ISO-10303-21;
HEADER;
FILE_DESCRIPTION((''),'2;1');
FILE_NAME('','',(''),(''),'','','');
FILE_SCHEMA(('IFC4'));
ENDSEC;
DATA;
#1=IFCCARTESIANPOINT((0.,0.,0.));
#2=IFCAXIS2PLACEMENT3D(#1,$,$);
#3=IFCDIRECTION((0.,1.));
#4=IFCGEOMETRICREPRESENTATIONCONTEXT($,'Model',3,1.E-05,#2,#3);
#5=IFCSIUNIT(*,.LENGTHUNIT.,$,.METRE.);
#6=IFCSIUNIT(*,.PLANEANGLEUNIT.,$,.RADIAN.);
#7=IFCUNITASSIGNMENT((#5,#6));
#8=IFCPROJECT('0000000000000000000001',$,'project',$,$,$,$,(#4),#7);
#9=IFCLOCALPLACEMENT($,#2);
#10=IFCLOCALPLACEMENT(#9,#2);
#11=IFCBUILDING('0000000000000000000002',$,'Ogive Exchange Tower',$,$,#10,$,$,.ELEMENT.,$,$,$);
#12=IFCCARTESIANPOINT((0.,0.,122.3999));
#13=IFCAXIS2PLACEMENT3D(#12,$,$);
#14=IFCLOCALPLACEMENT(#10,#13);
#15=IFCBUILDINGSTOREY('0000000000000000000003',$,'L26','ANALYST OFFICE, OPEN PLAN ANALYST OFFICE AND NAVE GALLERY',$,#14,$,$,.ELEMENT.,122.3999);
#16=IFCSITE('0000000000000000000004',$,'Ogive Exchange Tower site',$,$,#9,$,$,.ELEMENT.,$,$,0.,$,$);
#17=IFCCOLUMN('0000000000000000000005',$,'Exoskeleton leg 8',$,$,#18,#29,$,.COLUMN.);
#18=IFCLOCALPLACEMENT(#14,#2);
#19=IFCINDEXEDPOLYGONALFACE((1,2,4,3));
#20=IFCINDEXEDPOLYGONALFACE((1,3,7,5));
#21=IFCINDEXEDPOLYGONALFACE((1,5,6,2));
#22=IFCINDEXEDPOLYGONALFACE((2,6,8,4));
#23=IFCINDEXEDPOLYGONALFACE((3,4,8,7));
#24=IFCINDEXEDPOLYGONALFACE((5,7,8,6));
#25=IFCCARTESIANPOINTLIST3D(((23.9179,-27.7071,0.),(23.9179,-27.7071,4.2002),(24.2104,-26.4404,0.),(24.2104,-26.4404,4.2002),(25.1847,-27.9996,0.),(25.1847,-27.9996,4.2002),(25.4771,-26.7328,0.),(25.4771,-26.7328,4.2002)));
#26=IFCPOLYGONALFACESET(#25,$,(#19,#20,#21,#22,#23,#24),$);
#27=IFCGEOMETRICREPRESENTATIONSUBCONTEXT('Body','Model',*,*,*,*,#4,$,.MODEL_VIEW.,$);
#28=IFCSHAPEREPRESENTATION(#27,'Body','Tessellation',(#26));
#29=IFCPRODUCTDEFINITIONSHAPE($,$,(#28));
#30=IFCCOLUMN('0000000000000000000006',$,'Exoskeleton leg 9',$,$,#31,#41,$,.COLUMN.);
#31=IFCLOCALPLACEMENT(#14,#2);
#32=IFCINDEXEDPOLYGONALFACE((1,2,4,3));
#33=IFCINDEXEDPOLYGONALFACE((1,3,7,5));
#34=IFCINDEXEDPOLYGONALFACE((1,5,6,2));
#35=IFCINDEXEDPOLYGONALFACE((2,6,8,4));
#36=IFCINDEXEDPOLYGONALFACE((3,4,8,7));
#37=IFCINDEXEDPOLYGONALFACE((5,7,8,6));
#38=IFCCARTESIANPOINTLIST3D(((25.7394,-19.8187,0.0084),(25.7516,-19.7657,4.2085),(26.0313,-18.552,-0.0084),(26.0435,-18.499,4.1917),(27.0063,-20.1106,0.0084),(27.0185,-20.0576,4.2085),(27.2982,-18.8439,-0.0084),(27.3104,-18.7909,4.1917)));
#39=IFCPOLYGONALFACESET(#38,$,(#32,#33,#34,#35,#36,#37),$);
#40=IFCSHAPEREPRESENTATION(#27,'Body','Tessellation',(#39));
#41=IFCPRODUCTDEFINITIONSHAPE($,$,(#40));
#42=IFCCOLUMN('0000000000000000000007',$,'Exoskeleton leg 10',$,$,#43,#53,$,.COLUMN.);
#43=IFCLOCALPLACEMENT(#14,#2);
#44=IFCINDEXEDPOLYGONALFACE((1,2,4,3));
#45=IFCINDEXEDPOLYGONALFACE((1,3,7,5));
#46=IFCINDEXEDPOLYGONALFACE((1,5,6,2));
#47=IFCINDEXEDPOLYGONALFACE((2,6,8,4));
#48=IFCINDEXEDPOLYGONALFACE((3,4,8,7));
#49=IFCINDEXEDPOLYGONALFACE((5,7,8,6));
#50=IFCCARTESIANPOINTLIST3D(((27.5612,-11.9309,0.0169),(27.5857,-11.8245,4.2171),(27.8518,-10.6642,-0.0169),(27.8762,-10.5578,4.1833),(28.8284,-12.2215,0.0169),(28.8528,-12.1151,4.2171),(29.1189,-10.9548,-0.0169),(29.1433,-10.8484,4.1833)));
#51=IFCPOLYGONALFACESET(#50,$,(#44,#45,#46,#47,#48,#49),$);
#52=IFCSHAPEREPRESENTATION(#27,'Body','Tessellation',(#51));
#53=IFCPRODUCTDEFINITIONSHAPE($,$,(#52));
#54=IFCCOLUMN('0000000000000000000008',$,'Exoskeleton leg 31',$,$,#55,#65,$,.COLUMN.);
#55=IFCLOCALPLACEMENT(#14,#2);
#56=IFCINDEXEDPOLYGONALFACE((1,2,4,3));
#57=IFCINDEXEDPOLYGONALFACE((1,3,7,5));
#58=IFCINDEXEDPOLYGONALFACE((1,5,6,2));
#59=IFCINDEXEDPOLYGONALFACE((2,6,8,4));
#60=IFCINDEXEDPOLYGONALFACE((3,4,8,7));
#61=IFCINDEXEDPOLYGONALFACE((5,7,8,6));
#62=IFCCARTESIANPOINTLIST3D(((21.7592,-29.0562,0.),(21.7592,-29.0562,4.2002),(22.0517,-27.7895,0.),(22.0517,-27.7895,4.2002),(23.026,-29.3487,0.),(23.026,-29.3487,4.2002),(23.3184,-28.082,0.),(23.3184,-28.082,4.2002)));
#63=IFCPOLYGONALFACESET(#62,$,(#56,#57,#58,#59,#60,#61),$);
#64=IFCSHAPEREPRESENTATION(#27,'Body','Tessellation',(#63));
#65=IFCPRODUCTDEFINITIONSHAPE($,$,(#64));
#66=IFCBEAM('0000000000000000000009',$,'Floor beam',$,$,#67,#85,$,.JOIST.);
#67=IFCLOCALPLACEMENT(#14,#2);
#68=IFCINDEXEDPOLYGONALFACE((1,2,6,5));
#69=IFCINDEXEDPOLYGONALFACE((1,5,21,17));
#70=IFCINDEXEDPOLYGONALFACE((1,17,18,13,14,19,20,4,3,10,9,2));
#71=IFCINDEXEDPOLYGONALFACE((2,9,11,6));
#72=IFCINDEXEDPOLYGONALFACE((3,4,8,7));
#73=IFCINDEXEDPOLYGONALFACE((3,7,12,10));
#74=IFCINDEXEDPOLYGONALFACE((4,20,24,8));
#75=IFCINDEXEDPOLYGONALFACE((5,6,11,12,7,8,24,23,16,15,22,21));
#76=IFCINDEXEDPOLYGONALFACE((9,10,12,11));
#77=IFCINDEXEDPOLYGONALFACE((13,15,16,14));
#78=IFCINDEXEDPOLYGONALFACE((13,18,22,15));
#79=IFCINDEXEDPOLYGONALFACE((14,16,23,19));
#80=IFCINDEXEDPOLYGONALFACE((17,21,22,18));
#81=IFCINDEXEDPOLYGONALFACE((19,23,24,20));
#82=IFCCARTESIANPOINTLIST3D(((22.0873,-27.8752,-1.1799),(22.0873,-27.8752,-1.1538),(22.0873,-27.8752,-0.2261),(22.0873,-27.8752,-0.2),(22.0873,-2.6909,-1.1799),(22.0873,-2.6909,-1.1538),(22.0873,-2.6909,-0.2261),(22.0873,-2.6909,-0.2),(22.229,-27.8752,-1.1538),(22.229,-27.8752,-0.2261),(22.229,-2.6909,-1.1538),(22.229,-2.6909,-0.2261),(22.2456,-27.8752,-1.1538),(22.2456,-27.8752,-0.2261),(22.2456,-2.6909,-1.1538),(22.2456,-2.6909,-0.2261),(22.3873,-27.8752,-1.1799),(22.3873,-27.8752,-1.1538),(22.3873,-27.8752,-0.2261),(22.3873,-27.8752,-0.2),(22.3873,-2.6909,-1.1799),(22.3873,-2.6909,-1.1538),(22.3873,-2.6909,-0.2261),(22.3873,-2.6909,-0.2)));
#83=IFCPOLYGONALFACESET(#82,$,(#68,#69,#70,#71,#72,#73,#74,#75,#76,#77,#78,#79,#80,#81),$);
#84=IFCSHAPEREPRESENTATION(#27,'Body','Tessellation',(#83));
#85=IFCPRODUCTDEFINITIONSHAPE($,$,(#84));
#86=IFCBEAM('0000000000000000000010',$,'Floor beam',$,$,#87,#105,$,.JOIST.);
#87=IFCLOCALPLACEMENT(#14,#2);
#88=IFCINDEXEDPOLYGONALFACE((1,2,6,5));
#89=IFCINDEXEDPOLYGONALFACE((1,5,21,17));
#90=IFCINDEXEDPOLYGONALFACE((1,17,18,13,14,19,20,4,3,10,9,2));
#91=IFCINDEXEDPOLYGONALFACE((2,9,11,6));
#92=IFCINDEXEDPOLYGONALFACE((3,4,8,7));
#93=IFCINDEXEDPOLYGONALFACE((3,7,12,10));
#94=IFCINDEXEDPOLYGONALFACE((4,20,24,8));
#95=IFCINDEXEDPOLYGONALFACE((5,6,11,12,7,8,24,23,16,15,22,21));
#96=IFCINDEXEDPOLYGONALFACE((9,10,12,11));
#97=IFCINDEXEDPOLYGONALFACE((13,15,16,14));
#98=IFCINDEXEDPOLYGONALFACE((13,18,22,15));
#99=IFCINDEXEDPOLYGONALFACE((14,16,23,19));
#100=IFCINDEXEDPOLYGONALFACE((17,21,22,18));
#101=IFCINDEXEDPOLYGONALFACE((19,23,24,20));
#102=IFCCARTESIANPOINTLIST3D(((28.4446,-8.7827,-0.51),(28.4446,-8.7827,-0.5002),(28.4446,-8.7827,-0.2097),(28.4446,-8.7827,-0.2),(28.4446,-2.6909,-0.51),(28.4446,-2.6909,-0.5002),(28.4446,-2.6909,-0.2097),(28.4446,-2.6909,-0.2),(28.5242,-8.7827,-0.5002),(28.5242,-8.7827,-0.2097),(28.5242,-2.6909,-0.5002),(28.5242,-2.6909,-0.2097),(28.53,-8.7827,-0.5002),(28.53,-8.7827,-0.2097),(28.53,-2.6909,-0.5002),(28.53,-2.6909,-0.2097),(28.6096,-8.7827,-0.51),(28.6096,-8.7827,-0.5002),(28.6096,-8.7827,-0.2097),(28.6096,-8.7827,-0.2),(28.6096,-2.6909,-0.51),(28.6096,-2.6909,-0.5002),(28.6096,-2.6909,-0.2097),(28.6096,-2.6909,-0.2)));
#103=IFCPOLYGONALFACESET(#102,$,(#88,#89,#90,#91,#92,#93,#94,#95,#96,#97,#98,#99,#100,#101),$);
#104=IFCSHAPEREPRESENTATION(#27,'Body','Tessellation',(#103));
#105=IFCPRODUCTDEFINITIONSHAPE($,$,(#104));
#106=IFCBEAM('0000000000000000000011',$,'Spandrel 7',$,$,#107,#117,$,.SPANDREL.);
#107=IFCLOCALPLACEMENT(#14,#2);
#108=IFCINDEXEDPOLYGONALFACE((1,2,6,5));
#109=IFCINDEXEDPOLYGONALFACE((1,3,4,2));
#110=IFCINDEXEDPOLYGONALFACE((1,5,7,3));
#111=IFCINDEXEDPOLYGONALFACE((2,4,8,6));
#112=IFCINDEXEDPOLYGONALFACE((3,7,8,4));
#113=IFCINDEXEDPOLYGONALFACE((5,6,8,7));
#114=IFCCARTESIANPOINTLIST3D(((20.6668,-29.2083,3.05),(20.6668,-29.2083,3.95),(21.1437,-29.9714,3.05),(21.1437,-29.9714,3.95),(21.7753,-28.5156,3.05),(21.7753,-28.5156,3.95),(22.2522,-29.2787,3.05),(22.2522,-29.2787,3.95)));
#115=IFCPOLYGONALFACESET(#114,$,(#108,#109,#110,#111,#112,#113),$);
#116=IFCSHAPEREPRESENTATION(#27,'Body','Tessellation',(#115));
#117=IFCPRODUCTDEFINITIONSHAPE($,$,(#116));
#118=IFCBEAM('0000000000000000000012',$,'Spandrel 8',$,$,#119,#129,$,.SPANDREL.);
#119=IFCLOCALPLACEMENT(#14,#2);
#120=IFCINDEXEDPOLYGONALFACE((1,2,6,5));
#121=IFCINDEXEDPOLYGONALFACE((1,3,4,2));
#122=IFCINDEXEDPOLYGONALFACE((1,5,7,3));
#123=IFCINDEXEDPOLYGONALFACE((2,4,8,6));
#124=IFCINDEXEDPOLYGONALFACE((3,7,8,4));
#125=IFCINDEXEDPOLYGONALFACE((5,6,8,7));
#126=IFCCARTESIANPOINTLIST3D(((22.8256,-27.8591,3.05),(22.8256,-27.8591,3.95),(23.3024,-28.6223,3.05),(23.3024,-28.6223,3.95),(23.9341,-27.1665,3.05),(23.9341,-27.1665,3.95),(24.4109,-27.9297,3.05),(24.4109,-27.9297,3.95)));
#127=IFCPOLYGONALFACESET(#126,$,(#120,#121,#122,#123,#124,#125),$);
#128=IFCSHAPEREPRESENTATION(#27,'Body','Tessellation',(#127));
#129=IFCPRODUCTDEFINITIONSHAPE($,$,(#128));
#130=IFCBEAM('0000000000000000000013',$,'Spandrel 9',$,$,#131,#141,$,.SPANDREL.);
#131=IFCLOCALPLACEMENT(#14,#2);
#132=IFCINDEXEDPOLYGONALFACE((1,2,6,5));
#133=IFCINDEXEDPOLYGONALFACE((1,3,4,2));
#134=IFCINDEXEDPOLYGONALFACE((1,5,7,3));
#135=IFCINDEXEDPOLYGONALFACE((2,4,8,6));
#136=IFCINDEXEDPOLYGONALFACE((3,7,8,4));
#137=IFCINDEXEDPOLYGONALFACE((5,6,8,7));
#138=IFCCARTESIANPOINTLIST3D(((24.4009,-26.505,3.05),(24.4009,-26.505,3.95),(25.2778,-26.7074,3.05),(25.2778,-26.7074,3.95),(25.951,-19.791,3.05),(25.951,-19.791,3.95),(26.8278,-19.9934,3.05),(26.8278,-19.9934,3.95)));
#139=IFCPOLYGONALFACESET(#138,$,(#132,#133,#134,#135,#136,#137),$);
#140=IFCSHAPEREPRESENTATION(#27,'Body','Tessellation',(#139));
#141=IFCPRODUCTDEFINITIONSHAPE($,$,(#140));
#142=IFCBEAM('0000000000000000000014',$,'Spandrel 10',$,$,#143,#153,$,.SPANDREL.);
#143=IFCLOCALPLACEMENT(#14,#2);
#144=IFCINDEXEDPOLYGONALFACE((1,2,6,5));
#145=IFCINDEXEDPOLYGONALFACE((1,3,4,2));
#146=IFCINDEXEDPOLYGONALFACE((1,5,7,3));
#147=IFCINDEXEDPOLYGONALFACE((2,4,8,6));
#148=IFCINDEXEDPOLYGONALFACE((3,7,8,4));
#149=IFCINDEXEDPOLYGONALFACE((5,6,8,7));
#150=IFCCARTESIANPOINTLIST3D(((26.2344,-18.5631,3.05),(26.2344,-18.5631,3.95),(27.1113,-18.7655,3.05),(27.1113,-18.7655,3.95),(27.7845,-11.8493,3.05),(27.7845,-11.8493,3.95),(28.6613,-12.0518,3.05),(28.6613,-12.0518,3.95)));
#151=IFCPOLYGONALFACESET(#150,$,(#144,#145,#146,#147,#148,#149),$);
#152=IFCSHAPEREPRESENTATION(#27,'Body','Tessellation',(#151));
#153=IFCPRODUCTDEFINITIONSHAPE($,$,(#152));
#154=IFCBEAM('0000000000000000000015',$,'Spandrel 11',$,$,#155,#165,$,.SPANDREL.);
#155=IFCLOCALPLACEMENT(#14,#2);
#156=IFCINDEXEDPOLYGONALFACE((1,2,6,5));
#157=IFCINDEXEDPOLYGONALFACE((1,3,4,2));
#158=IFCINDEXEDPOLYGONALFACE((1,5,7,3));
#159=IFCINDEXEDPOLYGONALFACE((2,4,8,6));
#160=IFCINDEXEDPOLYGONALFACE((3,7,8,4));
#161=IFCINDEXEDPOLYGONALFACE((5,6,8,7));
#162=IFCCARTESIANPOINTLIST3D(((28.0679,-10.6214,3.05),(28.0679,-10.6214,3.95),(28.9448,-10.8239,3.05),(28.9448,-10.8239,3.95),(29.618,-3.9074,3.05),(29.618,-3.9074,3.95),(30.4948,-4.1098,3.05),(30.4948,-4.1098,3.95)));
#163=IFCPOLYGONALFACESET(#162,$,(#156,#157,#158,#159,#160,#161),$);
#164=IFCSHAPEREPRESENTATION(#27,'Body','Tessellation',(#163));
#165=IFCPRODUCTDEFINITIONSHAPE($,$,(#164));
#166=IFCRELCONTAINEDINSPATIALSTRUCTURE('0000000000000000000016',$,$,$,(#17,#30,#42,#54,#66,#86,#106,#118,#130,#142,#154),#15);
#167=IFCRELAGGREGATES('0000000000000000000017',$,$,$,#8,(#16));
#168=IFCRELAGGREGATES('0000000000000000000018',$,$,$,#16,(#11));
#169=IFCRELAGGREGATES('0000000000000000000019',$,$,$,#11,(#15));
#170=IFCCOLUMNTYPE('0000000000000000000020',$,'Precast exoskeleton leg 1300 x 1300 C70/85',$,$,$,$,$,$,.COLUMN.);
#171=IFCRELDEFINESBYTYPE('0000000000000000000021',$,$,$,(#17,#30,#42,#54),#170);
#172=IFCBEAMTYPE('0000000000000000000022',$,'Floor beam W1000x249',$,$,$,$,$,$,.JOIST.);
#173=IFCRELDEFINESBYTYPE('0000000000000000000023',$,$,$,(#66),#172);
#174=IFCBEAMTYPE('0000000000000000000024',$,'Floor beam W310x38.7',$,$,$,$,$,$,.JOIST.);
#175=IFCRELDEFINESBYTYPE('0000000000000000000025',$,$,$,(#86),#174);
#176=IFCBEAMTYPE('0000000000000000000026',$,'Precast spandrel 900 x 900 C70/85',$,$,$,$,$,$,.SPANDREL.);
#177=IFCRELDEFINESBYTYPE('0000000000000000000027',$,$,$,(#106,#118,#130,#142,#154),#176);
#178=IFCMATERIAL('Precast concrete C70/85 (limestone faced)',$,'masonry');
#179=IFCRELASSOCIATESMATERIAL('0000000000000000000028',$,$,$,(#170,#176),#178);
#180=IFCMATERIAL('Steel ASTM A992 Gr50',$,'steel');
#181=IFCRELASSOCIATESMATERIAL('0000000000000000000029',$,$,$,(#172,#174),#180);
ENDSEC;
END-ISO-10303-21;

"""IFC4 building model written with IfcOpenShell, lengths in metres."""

from ifc_helpers import new_model, si_unit, direction, frame, origin, origin_2d, place, context, subcontext, project, spatial, rectangle, i_section, extrude, material, material_profile, profile_set, type_object, element, save


model = new_model("IFC4")

# Units and contexts
model_context = context("Model", 3, precision=1e-05, world=origin(), true_north=direction((0.0, 1.0)))
body_context = subcontext(model_context, "Body", "Model", "MODEL_VIEW")
ifc_project = project(units=[si_unit("LENGTHUNIT", "METRE"), si_unit("PLANEANGLEUNIT", "RADIAN")], contexts=[model_context])

# Site, building, storey
site_placement = place(None, origin())
site = spatial("IfcSite", under=ifc_project, at=site_placement, Name="Ogive Exchange Tower site", CompositionType="ELEMENT", RefElevation=0.0)
building_placement = place(site_placement, origin())
building = spatial("IfcBuilding", under=site, at=building_placement, Name="Ogive Exchange Tower", CompositionType="ELEMENT")
storey_placement = place(building_placement, frame((0.0, 0.0, 122.3999)))
storey = spatial("IfcBuildingStorey", under=building, at=storey_placement, Name="L26", Description="ANALYST OFFICE, OPEN PLAN ANALYST OFFICE AND NAVE GALLERY", CompositionType="ELEMENT", Elevation=122.3999)

# Columns
ifc_material_1 = material(Name="Precast concrete C70/85 (limestone faced)", Category="masonry")
ifc_material_profile_1 = material_profile(ifc_material_1, rectangle(XDim=1.3, YDim=1.3, at=origin_2d()), Name="1300 x 1300")
ifc_profile_set_1 = profile_set([ifc_material_profile_1], Name="Precast concrete C70/85 (limestone faced)")
column_type = type_object("IfcColumnType", Name="Precast exoskeleton leg 1300 x 1300 C70/85", PredefinedType="COLUMN", material=ifc_profile_set_1)
column_1_placement = place(storey_placement, frame((24.6975, -27.22, 0.0), z_axis=(0.0, 0.0, 1.0), x_axis=(0.97437, -0.224951, 0.0)))
element("IfcColumn", 1, at=column_1_placement, inside=storey, type_object=column_type, Name="Exoskeleton leg 8", PredefinedType="COLUMN", context=body_context, shape_type="SweptSolid", body=[
    extrude(rectangle(XDim=1.3, YDim=1.3, at=origin_2d()), origin(), (0.0, 0.0, 1.0), 4.2002),
])
column_2_placement = place(storey_placement, frame((26.5188, -19.3313, 0.0), z_axis=(0.002906, 0.012612, 0.999916), x_axis=(-0.974467, 0.224532, 0.0)))
element("IfcColumn", 2, at=column_2_placement, inside=storey, type_object=column_type, Name="Exoskeleton leg 9", PredefinedType="COLUMN", context=body_context, shape_type="SweptSolid", body=[
    extrude(rectangle(XDim=1.3, YDim=1.3, at=origin_2d()), origin(), (0.0, 0.0, 1.0), 4.2004),
])
column_3_placement = place(storey_placement, frame((28.3401, -11.4429, 0.0), z_axis=(0.005811, 0.025334, 0.999662), x_axis=(-0.974692, 0.223553, 0.0)))
element("IfcColumn", 3, at=column_3_placement, inside=storey, type_object=column_type, Name="Exoskeleton leg 10", PredefinedType="COLUMN", context=body_context, shape_type="SweptSolid", body=[
    extrude(rectangle(XDim=1.3, YDim=1.3, at=origin_2d()), origin(), (0.0, 0.0, 1.0), 4.2017),
])
column_4_placement = place(storey_placement, frame((22.5388, -28.5691, 0.0), z_axis=(0.0, 0.0, 1.0), x_axis=(0.97437, -0.224951, 0.0)))
element("IfcColumn", 4, at=column_4_placement, inside=storey, type_object=column_type, Name="Exoskeleton leg 31", PredefinedType="COLUMN", context=body_context, shape_type="SweptSolid", body=[
    extrude(rectangle(XDim=1.3, YDim=1.3, at=origin_2d()), origin(), (0.0, 0.0, 1.0), 4.2002),
])

# Beams
ifc_material_2 = material(Name="Steel ASTM A992 Gr50", Category="steel")
ifc_material_profile_2 = material_profile(ifc_material_2, i_section(OverallWidth=0.3, OverallDepth=0.98, WebThickness=0.0166, FlangeThickness=0.0261, at=origin_2d()), Name="W1000x249")
ifc_profile_set_2 = profile_set([ifc_material_profile_2], Name="Steel ASTM A992 Gr50")
beam_type_1 = type_object("IfcBeamType", Name="Floor beam W1000x249", PredefinedType="JOIST", material=ifc_profile_set_2)
beam_1_placement = place(storey_placement, frame((22.2373, -27.8752, -0.6899), z_axis=(0.0, 1.0, 0.0), x_axis=(-1.0, 0.0, 0.0)))
element("IfcBeam", 5, at=beam_1_placement, inside=storey, type_object=beam_type_1, Name="Floor beam", PredefinedType="JOIST", context=body_context, shape_type="SweptSolid", body=[
    extrude(i_section(OverallWidth=0.3, OverallDepth=0.98, WebThickness=0.0166, FlangeThickness=0.0261, at=origin_2d()), origin(), (0.0, 0.0, 1.0), 25.1843),
])
ifc_material_profile_3 = material_profile(ifc_material_2, i_section(OverallWidth=0.165, OverallDepth=0.3101, WebThickness=0.0059, FlangeThickness=0.0098, at=origin_2d()), Name="W310x38.7")
ifc_profile_set_3 = profile_set([ifc_material_profile_3], Name="Steel ASTM A992 Gr50")
beam_type_2 = type_object("IfcBeamType", Name="Floor beam W310x38.7", PredefinedType="JOIST", material=ifc_profile_set_3)
beam_2_placement = place(storey_placement, frame((28.5271, -8.7827, -0.355), z_axis=(0.0, 1.0, 0.0), x_axis=(-1.0, 0.0, 0.0)))
element("IfcBeam", 6, at=beam_2_placement, inside=storey, type_object=beam_type_2, Name="Floor beam", PredefinedType="JOIST", context=body_context, shape_type="SweptSolid", body=[
    extrude(i_section(OverallWidth=0.165, OverallDepth=0.3101, WebThickness=0.0059, FlangeThickness=0.0098, at=origin_2d()), origin(), (0.0, 0.0, 1.0), 6.0918),
])
ifc_material_profile_4 = material_profile(ifc_material_1, rectangle(XDim=0.8999, YDim=0.8999, at=origin_2d()), Name="900 x 900")
ifc_profile_set_4 = profile_set([ifc_material_profile_4], Name="Precast concrete C70/85 (limestone faced)")
beam_type_3 = type_object("IfcBeamType", Name="Precast spandrel 900 x 900 C70/85", PredefinedType="SPANDREL", material=ifc_profile_set_4)
for number, where, z_axis, x_axis, name in (
    (7, (20.9053, -29.5898, 3.5), (0.84804, 0.529932, 0.0), (-0.529932, 0.84804, 0.0), "Spandrel 7"),
    (8, (23.064, -28.2407, 3.5), (0.848093, 0.529848, 0.0), (-0.529848, 0.848093, 0.0), "Spandrel 8"),
):
    element("IfcBeam", number, at=place(storey_placement, frame(where, z_axis=z_axis, x_axis=x_axis)), inside=storey, type_object=beam_type_3, Name=name, PredefinedType="SPANDREL", context=body_context, shape_type="SweptSolid", body=[
        extrude(rectangle(XDim=0.8999, YDim=0.8999, at=origin_2d()), origin(), (0.0, 0.0, 1.0), 1.3071),
    ])
beam_3_placement = place(storey_placement, frame((24.8394, -26.6062, 3.5), z_axis=(0.224947, 0.974371, 0.0), x_axis=(-0.974371, 0.224947, 0.0)))
element("IfcBeam", 9, at=beam_3_placement, inside=storey, type_object=beam_type_3, Name="Spandrel 9", PredefinedType="SPANDREL", context=body_context, shape_type="SweptSolid", body=[
    extrude(rectangle(XDim=0.8999, YDim=0.8999, at=origin_2d()), origin(), (0.0, 0.0, 1.0), 6.8906),
])
beam_4_placement = place(storey_placement, frame((26.6729, -18.6643, 3.5), z_axis=(0.224955, 0.974369, 0.0), x_axis=(-0.974369, 0.224955, 0.0)))
element("IfcBeam", 10, at=beam_4_placement, inside=storey, type_object=beam_type_3, Name="Spandrel 10", PredefinedType="SPANDREL", context=body_context, shape_type="SweptSolid", body=[
    extrude(rectangle(XDim=0.8999, YDim=0.8999, at=origin_2d()), origin(), (0.0, 0.0, 1.0), 6.8904),
])
beam_5_placement = place(storey_placement, frame((28.5063, -10.7227, 3.5), z_axis=(0.224947, 0.974371, 0.0), x_axis=(-0.974371, 0.224947, 0.0)))
element("IfcBeam", 11, at=beam_5_placement, inside=storey, type_object=beam_type_3, Name="Spandrel 11", PredefinedType="SPANDREL", context=body_context, shape_type="SweptSolid", body=[
    extrude(rectangle(XDim=0.8999, YDim=0.8999, at=origin_2d()), origin(), (0.0, 0.0, 1.0), 6.8906),
])

save(model, "model.ifc")
